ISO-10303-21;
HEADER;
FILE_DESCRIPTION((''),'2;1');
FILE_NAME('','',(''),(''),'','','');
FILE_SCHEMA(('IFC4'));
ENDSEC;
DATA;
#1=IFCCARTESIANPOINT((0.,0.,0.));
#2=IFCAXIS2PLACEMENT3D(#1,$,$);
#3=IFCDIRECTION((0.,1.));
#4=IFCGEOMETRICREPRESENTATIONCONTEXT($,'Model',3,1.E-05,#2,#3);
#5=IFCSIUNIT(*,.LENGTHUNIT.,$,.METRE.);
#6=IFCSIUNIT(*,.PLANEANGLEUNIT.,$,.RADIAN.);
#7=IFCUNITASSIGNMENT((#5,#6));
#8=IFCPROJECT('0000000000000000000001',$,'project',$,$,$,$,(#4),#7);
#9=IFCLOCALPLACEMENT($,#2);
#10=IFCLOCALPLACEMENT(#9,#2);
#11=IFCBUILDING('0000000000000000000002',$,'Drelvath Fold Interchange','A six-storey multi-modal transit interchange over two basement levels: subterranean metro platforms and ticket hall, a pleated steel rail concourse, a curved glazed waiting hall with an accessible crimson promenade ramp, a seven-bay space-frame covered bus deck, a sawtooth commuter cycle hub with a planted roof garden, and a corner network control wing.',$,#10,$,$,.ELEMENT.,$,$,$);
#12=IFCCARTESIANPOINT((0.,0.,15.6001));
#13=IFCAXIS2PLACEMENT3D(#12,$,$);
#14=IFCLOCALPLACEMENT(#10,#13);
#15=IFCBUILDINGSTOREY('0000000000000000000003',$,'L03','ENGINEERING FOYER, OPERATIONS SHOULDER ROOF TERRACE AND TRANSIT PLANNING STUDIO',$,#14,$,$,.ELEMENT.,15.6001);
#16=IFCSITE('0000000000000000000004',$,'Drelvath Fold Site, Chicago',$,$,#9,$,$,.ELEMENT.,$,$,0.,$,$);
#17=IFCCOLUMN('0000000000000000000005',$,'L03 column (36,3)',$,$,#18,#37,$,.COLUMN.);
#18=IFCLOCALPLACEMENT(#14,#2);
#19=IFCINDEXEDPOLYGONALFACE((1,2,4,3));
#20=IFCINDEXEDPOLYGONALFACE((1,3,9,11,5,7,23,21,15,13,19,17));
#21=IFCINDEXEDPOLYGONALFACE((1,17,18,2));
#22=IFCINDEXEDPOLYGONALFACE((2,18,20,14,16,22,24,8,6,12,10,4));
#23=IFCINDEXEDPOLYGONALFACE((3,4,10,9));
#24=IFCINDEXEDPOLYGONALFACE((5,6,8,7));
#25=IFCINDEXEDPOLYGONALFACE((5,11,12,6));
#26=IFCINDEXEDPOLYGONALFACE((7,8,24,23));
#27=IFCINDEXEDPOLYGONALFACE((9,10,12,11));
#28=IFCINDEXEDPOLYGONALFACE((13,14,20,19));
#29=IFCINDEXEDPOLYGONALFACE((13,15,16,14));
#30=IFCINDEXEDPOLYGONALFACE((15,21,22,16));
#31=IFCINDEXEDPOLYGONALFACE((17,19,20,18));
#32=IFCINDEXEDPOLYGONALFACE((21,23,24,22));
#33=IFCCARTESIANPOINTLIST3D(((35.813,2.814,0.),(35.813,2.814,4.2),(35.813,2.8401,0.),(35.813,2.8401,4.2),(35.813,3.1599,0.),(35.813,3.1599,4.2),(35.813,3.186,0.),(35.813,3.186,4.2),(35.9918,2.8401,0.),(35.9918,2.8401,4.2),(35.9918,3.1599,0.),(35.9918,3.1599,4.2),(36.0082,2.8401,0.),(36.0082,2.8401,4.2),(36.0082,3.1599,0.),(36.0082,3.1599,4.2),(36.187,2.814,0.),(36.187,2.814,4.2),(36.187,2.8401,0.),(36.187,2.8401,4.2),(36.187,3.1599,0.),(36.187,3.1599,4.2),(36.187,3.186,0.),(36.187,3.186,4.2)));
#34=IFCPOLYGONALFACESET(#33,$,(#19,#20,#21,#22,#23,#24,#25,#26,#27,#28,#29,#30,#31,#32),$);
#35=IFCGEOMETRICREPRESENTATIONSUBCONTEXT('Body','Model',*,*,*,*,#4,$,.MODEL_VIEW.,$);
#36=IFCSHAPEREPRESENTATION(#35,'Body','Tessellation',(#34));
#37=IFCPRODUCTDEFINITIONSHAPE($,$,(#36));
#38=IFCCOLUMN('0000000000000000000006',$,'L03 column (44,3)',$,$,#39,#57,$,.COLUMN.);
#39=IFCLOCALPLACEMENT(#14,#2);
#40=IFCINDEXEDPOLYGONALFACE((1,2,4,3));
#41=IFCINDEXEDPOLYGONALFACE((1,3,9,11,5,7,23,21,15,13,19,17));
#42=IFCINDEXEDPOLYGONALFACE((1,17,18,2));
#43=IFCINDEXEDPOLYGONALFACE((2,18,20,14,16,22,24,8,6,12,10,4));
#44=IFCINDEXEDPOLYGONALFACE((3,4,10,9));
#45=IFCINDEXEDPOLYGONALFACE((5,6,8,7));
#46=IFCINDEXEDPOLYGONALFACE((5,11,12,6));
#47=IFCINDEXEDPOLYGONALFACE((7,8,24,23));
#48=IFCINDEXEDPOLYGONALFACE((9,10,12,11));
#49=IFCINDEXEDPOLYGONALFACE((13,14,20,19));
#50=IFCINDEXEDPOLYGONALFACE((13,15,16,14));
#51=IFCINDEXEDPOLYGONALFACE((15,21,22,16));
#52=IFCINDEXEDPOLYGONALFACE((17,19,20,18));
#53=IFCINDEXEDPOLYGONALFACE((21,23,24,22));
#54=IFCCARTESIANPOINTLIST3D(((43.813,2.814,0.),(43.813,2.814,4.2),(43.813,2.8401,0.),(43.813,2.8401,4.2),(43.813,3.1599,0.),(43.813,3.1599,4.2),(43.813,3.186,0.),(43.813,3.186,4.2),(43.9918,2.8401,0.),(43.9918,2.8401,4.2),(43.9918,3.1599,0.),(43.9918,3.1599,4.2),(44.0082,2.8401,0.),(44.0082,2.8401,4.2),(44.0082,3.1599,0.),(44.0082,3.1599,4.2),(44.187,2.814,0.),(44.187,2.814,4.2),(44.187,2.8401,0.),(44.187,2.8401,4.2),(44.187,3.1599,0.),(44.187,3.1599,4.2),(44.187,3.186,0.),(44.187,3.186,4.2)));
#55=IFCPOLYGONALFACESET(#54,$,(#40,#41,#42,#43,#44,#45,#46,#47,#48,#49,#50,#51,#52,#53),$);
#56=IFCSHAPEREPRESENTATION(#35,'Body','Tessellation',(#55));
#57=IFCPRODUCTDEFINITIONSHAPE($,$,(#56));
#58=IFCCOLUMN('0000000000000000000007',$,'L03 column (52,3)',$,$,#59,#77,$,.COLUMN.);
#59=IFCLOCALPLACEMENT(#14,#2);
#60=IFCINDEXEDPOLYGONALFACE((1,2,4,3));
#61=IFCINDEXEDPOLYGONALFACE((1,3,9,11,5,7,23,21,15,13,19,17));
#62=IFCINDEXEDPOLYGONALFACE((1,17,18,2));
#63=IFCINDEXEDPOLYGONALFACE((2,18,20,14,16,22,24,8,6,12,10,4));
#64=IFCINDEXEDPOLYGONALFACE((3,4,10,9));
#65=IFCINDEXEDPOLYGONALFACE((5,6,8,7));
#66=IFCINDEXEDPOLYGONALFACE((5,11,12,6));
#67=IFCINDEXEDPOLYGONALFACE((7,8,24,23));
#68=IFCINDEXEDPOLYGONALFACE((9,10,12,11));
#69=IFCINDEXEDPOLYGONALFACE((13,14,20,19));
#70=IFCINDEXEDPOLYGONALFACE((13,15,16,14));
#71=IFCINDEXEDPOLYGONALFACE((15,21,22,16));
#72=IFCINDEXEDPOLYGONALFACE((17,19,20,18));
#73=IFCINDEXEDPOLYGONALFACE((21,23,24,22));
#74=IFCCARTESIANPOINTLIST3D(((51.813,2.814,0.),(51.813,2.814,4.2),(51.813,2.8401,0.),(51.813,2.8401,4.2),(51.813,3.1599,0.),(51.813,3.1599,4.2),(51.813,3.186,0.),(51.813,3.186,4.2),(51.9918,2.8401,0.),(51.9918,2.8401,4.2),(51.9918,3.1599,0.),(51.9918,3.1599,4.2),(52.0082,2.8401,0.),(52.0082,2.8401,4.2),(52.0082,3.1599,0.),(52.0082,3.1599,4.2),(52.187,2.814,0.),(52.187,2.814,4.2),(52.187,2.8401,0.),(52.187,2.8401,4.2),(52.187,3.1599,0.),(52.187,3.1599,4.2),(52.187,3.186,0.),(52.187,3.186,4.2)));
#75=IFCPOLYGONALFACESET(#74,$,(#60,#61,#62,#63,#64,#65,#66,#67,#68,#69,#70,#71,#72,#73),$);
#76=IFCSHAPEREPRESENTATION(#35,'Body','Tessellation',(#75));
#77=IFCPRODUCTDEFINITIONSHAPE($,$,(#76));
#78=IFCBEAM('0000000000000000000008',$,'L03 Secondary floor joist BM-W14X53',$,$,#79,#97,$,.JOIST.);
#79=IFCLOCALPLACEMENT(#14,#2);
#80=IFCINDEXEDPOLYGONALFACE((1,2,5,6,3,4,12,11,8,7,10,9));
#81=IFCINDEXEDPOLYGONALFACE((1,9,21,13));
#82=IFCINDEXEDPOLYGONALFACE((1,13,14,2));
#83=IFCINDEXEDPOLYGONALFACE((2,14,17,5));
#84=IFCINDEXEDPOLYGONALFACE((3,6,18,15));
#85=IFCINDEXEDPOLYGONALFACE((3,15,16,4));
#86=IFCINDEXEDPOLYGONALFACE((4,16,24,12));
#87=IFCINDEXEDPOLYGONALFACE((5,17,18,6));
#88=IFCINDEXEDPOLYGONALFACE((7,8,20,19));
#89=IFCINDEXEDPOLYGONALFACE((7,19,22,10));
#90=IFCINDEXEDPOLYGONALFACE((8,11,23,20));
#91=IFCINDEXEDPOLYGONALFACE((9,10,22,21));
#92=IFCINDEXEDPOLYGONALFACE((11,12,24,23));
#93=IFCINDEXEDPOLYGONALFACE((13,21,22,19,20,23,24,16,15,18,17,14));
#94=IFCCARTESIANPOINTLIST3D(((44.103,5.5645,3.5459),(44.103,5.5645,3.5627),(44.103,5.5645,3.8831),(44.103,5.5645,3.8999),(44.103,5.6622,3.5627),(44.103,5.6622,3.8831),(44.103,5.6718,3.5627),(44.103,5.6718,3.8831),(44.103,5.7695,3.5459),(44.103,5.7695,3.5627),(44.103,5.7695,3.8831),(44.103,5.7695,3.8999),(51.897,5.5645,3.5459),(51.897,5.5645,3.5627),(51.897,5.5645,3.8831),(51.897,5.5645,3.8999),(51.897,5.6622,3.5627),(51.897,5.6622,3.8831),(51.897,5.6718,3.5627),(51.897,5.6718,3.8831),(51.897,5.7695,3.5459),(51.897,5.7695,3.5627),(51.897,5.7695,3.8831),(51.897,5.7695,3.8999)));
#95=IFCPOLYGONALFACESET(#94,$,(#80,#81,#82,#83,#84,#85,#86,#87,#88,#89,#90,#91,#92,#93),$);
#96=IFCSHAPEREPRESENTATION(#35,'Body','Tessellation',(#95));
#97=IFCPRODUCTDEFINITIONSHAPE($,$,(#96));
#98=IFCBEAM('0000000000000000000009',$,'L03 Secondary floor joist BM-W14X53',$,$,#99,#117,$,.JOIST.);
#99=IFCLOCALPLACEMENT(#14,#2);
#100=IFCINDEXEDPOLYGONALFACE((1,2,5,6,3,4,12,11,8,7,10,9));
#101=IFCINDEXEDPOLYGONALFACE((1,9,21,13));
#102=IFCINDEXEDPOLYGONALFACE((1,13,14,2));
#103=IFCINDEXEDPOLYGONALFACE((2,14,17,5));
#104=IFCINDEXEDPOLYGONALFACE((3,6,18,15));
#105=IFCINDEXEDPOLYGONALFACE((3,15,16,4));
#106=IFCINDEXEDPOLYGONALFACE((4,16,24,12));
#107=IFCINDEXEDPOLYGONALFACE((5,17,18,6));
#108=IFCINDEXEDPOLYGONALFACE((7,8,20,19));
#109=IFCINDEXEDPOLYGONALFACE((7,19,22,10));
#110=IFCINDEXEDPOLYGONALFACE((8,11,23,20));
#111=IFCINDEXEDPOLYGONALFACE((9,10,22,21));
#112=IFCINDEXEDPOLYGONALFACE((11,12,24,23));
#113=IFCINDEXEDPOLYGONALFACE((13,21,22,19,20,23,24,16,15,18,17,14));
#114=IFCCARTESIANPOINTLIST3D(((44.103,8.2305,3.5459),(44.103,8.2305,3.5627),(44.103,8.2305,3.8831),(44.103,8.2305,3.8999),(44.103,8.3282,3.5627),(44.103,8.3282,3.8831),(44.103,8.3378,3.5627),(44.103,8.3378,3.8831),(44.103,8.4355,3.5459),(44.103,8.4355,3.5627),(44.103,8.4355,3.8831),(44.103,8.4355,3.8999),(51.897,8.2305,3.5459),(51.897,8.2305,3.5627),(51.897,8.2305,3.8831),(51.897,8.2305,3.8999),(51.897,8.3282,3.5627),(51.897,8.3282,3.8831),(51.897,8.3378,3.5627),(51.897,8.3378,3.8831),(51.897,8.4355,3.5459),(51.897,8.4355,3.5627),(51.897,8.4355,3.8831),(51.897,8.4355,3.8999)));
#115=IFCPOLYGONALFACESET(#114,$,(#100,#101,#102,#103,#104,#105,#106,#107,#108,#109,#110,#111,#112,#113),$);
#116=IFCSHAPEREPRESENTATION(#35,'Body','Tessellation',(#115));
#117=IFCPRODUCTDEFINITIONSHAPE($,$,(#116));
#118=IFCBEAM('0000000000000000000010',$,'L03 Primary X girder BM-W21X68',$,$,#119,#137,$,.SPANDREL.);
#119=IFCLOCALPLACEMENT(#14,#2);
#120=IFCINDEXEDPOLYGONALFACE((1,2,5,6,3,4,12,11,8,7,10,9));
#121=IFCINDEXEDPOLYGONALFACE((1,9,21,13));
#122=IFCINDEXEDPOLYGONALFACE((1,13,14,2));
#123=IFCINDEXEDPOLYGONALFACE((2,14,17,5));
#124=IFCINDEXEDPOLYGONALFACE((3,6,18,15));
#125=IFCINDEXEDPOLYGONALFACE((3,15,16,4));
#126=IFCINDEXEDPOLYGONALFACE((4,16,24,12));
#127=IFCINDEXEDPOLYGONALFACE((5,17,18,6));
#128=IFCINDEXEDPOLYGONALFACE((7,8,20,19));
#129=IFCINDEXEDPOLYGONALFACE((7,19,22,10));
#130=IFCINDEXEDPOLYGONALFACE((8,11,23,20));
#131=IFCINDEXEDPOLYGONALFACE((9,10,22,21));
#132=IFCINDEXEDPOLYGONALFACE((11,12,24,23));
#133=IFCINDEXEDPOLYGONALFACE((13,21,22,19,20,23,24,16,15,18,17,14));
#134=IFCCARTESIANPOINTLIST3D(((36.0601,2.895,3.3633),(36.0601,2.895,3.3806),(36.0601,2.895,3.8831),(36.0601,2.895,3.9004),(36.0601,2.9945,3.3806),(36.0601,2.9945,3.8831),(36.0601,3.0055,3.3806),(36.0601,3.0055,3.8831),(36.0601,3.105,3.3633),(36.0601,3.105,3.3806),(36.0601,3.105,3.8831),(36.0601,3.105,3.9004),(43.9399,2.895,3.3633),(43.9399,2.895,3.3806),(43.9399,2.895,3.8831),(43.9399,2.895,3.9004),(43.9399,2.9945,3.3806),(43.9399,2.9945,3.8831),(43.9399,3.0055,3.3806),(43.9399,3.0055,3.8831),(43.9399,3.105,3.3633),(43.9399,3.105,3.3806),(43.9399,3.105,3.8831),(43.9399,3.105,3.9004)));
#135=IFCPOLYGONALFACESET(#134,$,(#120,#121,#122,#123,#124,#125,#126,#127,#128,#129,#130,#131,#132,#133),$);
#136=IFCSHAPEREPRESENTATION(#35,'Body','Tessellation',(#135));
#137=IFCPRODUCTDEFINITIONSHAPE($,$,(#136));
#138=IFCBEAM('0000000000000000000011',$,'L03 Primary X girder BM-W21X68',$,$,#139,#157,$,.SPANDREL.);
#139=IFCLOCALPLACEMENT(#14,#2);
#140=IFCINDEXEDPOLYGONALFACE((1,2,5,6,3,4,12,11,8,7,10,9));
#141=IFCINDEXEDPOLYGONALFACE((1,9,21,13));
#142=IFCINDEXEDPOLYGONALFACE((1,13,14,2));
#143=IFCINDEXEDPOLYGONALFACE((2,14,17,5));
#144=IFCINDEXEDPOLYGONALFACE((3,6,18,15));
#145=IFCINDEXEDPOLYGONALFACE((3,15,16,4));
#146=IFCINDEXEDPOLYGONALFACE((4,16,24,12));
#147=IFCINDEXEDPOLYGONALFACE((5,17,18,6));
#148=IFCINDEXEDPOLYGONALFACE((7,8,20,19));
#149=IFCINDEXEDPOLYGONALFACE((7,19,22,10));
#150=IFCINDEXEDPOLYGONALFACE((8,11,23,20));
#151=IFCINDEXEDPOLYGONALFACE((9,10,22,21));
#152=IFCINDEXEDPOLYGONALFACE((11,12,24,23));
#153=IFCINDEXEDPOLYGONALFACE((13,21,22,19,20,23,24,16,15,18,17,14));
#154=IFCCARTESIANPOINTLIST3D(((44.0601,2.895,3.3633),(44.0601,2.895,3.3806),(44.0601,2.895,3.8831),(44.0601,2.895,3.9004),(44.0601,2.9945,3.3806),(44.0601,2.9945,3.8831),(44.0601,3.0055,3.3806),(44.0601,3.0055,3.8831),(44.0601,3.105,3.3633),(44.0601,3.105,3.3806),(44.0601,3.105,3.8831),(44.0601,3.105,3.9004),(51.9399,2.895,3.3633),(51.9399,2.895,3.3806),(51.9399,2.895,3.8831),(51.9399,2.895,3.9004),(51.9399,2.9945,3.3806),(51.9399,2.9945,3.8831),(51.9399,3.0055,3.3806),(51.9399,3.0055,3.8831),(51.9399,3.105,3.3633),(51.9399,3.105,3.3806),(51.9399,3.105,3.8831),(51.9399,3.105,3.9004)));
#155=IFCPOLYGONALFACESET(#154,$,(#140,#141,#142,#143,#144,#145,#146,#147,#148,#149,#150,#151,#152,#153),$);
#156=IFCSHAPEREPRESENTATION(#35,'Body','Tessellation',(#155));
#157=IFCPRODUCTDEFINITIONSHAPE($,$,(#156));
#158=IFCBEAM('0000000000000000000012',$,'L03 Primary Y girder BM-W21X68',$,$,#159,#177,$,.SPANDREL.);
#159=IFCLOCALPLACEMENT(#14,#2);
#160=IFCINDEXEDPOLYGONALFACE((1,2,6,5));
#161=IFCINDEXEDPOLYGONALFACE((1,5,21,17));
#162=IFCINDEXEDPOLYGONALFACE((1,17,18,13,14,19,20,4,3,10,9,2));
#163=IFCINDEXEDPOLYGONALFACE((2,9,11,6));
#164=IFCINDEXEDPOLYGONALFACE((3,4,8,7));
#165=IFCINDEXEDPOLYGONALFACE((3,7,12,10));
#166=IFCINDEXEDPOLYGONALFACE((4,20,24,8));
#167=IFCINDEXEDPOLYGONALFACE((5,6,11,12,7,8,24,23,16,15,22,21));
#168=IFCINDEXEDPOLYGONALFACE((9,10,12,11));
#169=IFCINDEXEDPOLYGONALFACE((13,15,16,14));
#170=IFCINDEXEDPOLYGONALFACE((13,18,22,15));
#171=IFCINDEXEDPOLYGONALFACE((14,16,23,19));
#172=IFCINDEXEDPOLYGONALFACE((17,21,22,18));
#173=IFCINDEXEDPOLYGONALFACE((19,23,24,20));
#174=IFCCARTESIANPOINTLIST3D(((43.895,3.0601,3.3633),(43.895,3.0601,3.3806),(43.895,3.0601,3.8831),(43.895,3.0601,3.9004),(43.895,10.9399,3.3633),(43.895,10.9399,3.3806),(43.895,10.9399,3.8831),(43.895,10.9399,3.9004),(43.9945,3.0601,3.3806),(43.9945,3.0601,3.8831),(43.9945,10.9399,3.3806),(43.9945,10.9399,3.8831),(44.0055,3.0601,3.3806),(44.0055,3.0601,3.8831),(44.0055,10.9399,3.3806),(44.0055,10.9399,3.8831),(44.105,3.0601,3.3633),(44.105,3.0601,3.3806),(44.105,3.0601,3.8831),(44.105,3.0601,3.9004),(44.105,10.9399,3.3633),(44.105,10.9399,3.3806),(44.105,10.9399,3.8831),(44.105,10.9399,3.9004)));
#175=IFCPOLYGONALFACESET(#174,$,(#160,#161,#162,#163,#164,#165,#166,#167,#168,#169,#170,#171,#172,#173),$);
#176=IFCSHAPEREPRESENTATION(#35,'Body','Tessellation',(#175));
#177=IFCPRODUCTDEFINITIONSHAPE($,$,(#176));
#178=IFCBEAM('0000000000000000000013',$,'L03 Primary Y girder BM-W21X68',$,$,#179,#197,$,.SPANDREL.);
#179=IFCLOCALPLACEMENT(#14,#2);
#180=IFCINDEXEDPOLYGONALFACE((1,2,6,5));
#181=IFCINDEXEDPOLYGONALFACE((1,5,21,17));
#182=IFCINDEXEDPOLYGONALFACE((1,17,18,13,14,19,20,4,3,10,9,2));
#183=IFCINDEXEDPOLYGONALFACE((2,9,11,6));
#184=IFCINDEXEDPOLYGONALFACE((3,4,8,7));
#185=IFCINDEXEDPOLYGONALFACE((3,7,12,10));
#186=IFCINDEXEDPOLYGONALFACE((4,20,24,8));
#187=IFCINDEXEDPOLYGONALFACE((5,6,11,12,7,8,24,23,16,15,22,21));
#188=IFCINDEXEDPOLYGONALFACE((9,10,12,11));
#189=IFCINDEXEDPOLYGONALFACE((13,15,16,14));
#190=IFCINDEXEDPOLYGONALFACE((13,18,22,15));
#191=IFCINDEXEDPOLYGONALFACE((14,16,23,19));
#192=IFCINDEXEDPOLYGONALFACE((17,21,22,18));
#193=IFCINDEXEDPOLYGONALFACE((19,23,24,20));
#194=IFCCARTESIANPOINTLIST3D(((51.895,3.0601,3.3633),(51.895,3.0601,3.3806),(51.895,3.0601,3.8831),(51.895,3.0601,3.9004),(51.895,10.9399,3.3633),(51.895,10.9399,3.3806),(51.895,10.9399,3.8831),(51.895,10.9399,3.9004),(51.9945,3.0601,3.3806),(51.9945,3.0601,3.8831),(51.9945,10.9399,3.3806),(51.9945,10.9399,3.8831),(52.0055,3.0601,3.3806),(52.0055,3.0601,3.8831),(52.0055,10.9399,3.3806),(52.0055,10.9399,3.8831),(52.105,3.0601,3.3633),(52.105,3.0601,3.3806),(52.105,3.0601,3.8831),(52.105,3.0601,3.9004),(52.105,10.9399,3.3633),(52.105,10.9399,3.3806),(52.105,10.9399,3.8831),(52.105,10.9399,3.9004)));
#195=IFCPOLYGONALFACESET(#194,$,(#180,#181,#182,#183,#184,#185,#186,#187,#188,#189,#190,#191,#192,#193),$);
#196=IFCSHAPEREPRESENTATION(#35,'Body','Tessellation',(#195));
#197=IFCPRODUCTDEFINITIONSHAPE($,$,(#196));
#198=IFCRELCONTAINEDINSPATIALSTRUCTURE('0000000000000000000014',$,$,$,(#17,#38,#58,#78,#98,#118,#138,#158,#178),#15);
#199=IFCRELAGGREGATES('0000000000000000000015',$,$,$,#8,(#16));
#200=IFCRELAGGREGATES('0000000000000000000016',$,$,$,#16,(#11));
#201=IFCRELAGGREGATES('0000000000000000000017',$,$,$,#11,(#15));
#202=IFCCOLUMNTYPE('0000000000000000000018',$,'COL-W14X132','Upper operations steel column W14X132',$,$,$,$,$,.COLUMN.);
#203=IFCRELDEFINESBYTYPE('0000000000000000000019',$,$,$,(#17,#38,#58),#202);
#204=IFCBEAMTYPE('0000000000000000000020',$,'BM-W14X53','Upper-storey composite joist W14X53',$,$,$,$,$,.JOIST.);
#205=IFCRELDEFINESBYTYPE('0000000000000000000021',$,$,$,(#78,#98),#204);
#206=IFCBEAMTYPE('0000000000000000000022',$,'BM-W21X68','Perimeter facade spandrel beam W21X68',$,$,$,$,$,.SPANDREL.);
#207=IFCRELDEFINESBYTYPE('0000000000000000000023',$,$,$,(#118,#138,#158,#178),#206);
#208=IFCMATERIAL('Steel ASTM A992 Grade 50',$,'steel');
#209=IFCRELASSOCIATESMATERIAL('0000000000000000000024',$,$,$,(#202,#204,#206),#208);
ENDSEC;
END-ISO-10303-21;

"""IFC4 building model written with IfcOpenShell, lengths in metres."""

from ifc_helpers import new_model, si_unit, direction, frame, origin, origin_2d, place, context, subcontext, project, spatial, i_section, extrude, material, material_profile, profile_set, type_object, element, save


model = new_model("IFC4")

# Units and contexts
model_context = context("Model", 3, precision=1e-05, world=origin(), true_north=direction((0.0, 1.0)))
body_context = subcontext(model_context, "Body", "Model", "MODEL_VIEW")
ifc_project = project(units=[si_unit("LENGTHUNIT", "METRE"), si_unit("PLANEANGLEUNIT", "RADIAN")], contexts=[model_context])

# Site, building, storey
site_placement = place(None, origin())
site = spatial("IfcSite", under=ifc_project, at=site_placement, Name="Drelvath Fold Site, Chicago", CompositionType="ELEMENT", RefElevation=0.0)
building_placement = place(site_placement, origin())
building = spatial("IfcBuilding", under=site, at=building_placement, Name="Drelvath Fold Interchange", Description="A six-storey multi-modal transit interchange over two basement levels: subterranean metro platforms and ticket hall, a pleated steel rail concourse, a curved glazed waiting hall with an accessible crimson promenade ramp, a seven-bay space-frame covered bus deck, a sawtooth commuter cycle hub with a planted roof garden, and a corner network control wing.", CompositionType="ELEMENT")
storey_placement = place(building_placement, frame((0.0, 0.0, 15.6001)))
storey = spatial("IfcBuildingStorey", under=building, at=storey_placement, Name="L03", Description="ENGINEERING FOYER, OPERATIONS SHOULDER ROOF TERRACE AND TRANSIT PLANNING STUDIO", CompositionType="ELEMENT", Elevation=15.6001)

# Columns
ifc_material_1 = material(Name="Steel ASTM A992 Grade 50", Category="steel")
ifc_material_profile_1 = material_profile(ifc_material_1, i_section(OverallWidth=0.374, OverallDepth=0.3721, WebThickness=0.0164, FlangeThickness=0.0261, at=origin_2d()), Name="W14X132")
ifc_profile_set_1 = profile_set([ifc_material_profile_1], Name="Steel ASTM A992 Grade 50")
column_type = type_object("IfcColumnType", Name="COL-W14X132", Description="Upper operations steel column W14X132", PredefinedType="COLUMN", material=ifc_profile_set_1)
for number, where, z_axis, x_axis, name in (
    (1, (36.0, 3.0, 0.0), (0.0, 0.0, 1.0), (1.0, 0.0, 0.0), "L03 column (36,3)"),
    (2, (44.0, 3.0, 0.0), (0.0, 0.0, 1.0), (1.0, 0.0, 0.0), "L03 column (44,3)"),
    (3, (52.0, 3.0, 0.0), (0.0, 0.0, 1.0), (1.0, 0.0, 0.0), "L03 column (52,3)"),
):
    element("IfcColumn", number, at=place(storey_placement, frame(where, z_axis=z_axis, x_axis=x_axis)), inside=storey, type_object=column_type, Name=name, PredefinedType="COLUMN", context=body_context, shape_type="SweptSolid", body=[
        extrude(i_section(OverallWidth=0.374, OverallDepth=0.3721, WebThickness=0.0164, FlangeThickness=0.0261, at=origin_2d()), origin(), (0.0, 0.0, 1.0), 4.2),
    ])

# Beams
ifc_material_profile_2 = material_profile(ifc_material_1, i_section(OverallWidth=0.2051, OverallDepth=0.354, WebThickness=0.0095, FlangeThickness=0.0168, at=origin_2d()), Name="W14X53")
ifc_profile_set_2 = profile_set([ifc_material_profile_2], Name="Steel ASTM A992 Grade 50")
beam_type_1 = type_object("IfcBeamType", Name="BM-W14X53", Description="Upper-storey composite joist W14X53", PredefinedType="JOIST", material=ifc_profile_set_2)
for number, where, z_axis, x_axis, name in (
    (4, (44.103, 5.667, 3.7229), (1.0, 0.0, 0.0), (0.0, 1.0, 0.0), "L03 Secondary floor joist BM-W14X53"),
    (5, (44.103, 8.333, 3.7229), (1.0, 0.0, 0.0), (0.0, 1.0, 0.0), "L03 Secondary floor joist BM-W14X53"),
):
    element("IfcBeam", number, at=place(storey_placement, frame(where, z_axis=z_axis, x_axis=x_axis)), inside=storey, type_object=beam_type_1, Name=name, PredefinedType="JOIST", context=body_context, shape_type="SweptSolid", body=[
        extrude(i_section(OverallWidth=0.2051, OverallDepth=0.354, WebThickness=0.0095, FlangeThickness=0.0168, at=origin_2d()), origin(), (0.0, 0.0, 1.0), 7.7939),
    ])
ifc_material_profile_3 = material_profile(ifc_material_1, i_section(OverallWidth=0.21, OverallDepth=0.5371, WebThickness=0.011, FlangeThickness=0.0173, at=origin_2d()), Name="W21X68")
ifc_profile_set_3 = profile_set([ifc_material_profile_3], Name="Steel ASTM A992 Grade 50")
beam_type_2 = type_object("IfcBeamType", Name="BM-W21X68", Description="Perimeter facade spandrel beam W21X68", PredefinedType="SPANDREL", material=ifc_profile_set_3)
for number, where, z_axis, x_axis, name in (
    (6, (36.0601, 3.0, 3.6318), (1.0, 0.0, 0.0), (0.0, 1.0, 0.0), "L03 Primary X girder BM-W21X68"),
    (7, (44.0601, 3.0, 3.6318), (1.0, 0.0, 0.0), (0.0, 1.0, 0.0), "L03 Primary X girder BM-W21X68"),
    (8, (44.0, 3.0601, 3.6318), (0.0, 1.0, 0.0), (-1.0, 0.0, 0.0), "L03 Primary Y girder BM-W21X68"),
    (9, (52.0, 3.0601, 3.6318), (0.0, 1.0, 0.0), (-1.0, 0.0, 0.0), "L03 Primary Y girder BM-W21X68"),
):
    element("IfcBeam", number, at=place(storey_placement, frame(where, z_axis=z_axis, x_axis=x_axis)), inside=storey, type_object=beam_type_2, Name=name, PredefinedType="SPANDREL", context=body_context, shape_type="SweptSolid", body=[
        extrude(i_section(OverallWidth=0.21, OverallDepth=0.5371, WebThickness=0.011, FlangeThickness=0.0173, at=origin_2d()), origin(), (0.0, 0.0, 1.0), 7.8799),
    ])

save(model, "model.ifc")
